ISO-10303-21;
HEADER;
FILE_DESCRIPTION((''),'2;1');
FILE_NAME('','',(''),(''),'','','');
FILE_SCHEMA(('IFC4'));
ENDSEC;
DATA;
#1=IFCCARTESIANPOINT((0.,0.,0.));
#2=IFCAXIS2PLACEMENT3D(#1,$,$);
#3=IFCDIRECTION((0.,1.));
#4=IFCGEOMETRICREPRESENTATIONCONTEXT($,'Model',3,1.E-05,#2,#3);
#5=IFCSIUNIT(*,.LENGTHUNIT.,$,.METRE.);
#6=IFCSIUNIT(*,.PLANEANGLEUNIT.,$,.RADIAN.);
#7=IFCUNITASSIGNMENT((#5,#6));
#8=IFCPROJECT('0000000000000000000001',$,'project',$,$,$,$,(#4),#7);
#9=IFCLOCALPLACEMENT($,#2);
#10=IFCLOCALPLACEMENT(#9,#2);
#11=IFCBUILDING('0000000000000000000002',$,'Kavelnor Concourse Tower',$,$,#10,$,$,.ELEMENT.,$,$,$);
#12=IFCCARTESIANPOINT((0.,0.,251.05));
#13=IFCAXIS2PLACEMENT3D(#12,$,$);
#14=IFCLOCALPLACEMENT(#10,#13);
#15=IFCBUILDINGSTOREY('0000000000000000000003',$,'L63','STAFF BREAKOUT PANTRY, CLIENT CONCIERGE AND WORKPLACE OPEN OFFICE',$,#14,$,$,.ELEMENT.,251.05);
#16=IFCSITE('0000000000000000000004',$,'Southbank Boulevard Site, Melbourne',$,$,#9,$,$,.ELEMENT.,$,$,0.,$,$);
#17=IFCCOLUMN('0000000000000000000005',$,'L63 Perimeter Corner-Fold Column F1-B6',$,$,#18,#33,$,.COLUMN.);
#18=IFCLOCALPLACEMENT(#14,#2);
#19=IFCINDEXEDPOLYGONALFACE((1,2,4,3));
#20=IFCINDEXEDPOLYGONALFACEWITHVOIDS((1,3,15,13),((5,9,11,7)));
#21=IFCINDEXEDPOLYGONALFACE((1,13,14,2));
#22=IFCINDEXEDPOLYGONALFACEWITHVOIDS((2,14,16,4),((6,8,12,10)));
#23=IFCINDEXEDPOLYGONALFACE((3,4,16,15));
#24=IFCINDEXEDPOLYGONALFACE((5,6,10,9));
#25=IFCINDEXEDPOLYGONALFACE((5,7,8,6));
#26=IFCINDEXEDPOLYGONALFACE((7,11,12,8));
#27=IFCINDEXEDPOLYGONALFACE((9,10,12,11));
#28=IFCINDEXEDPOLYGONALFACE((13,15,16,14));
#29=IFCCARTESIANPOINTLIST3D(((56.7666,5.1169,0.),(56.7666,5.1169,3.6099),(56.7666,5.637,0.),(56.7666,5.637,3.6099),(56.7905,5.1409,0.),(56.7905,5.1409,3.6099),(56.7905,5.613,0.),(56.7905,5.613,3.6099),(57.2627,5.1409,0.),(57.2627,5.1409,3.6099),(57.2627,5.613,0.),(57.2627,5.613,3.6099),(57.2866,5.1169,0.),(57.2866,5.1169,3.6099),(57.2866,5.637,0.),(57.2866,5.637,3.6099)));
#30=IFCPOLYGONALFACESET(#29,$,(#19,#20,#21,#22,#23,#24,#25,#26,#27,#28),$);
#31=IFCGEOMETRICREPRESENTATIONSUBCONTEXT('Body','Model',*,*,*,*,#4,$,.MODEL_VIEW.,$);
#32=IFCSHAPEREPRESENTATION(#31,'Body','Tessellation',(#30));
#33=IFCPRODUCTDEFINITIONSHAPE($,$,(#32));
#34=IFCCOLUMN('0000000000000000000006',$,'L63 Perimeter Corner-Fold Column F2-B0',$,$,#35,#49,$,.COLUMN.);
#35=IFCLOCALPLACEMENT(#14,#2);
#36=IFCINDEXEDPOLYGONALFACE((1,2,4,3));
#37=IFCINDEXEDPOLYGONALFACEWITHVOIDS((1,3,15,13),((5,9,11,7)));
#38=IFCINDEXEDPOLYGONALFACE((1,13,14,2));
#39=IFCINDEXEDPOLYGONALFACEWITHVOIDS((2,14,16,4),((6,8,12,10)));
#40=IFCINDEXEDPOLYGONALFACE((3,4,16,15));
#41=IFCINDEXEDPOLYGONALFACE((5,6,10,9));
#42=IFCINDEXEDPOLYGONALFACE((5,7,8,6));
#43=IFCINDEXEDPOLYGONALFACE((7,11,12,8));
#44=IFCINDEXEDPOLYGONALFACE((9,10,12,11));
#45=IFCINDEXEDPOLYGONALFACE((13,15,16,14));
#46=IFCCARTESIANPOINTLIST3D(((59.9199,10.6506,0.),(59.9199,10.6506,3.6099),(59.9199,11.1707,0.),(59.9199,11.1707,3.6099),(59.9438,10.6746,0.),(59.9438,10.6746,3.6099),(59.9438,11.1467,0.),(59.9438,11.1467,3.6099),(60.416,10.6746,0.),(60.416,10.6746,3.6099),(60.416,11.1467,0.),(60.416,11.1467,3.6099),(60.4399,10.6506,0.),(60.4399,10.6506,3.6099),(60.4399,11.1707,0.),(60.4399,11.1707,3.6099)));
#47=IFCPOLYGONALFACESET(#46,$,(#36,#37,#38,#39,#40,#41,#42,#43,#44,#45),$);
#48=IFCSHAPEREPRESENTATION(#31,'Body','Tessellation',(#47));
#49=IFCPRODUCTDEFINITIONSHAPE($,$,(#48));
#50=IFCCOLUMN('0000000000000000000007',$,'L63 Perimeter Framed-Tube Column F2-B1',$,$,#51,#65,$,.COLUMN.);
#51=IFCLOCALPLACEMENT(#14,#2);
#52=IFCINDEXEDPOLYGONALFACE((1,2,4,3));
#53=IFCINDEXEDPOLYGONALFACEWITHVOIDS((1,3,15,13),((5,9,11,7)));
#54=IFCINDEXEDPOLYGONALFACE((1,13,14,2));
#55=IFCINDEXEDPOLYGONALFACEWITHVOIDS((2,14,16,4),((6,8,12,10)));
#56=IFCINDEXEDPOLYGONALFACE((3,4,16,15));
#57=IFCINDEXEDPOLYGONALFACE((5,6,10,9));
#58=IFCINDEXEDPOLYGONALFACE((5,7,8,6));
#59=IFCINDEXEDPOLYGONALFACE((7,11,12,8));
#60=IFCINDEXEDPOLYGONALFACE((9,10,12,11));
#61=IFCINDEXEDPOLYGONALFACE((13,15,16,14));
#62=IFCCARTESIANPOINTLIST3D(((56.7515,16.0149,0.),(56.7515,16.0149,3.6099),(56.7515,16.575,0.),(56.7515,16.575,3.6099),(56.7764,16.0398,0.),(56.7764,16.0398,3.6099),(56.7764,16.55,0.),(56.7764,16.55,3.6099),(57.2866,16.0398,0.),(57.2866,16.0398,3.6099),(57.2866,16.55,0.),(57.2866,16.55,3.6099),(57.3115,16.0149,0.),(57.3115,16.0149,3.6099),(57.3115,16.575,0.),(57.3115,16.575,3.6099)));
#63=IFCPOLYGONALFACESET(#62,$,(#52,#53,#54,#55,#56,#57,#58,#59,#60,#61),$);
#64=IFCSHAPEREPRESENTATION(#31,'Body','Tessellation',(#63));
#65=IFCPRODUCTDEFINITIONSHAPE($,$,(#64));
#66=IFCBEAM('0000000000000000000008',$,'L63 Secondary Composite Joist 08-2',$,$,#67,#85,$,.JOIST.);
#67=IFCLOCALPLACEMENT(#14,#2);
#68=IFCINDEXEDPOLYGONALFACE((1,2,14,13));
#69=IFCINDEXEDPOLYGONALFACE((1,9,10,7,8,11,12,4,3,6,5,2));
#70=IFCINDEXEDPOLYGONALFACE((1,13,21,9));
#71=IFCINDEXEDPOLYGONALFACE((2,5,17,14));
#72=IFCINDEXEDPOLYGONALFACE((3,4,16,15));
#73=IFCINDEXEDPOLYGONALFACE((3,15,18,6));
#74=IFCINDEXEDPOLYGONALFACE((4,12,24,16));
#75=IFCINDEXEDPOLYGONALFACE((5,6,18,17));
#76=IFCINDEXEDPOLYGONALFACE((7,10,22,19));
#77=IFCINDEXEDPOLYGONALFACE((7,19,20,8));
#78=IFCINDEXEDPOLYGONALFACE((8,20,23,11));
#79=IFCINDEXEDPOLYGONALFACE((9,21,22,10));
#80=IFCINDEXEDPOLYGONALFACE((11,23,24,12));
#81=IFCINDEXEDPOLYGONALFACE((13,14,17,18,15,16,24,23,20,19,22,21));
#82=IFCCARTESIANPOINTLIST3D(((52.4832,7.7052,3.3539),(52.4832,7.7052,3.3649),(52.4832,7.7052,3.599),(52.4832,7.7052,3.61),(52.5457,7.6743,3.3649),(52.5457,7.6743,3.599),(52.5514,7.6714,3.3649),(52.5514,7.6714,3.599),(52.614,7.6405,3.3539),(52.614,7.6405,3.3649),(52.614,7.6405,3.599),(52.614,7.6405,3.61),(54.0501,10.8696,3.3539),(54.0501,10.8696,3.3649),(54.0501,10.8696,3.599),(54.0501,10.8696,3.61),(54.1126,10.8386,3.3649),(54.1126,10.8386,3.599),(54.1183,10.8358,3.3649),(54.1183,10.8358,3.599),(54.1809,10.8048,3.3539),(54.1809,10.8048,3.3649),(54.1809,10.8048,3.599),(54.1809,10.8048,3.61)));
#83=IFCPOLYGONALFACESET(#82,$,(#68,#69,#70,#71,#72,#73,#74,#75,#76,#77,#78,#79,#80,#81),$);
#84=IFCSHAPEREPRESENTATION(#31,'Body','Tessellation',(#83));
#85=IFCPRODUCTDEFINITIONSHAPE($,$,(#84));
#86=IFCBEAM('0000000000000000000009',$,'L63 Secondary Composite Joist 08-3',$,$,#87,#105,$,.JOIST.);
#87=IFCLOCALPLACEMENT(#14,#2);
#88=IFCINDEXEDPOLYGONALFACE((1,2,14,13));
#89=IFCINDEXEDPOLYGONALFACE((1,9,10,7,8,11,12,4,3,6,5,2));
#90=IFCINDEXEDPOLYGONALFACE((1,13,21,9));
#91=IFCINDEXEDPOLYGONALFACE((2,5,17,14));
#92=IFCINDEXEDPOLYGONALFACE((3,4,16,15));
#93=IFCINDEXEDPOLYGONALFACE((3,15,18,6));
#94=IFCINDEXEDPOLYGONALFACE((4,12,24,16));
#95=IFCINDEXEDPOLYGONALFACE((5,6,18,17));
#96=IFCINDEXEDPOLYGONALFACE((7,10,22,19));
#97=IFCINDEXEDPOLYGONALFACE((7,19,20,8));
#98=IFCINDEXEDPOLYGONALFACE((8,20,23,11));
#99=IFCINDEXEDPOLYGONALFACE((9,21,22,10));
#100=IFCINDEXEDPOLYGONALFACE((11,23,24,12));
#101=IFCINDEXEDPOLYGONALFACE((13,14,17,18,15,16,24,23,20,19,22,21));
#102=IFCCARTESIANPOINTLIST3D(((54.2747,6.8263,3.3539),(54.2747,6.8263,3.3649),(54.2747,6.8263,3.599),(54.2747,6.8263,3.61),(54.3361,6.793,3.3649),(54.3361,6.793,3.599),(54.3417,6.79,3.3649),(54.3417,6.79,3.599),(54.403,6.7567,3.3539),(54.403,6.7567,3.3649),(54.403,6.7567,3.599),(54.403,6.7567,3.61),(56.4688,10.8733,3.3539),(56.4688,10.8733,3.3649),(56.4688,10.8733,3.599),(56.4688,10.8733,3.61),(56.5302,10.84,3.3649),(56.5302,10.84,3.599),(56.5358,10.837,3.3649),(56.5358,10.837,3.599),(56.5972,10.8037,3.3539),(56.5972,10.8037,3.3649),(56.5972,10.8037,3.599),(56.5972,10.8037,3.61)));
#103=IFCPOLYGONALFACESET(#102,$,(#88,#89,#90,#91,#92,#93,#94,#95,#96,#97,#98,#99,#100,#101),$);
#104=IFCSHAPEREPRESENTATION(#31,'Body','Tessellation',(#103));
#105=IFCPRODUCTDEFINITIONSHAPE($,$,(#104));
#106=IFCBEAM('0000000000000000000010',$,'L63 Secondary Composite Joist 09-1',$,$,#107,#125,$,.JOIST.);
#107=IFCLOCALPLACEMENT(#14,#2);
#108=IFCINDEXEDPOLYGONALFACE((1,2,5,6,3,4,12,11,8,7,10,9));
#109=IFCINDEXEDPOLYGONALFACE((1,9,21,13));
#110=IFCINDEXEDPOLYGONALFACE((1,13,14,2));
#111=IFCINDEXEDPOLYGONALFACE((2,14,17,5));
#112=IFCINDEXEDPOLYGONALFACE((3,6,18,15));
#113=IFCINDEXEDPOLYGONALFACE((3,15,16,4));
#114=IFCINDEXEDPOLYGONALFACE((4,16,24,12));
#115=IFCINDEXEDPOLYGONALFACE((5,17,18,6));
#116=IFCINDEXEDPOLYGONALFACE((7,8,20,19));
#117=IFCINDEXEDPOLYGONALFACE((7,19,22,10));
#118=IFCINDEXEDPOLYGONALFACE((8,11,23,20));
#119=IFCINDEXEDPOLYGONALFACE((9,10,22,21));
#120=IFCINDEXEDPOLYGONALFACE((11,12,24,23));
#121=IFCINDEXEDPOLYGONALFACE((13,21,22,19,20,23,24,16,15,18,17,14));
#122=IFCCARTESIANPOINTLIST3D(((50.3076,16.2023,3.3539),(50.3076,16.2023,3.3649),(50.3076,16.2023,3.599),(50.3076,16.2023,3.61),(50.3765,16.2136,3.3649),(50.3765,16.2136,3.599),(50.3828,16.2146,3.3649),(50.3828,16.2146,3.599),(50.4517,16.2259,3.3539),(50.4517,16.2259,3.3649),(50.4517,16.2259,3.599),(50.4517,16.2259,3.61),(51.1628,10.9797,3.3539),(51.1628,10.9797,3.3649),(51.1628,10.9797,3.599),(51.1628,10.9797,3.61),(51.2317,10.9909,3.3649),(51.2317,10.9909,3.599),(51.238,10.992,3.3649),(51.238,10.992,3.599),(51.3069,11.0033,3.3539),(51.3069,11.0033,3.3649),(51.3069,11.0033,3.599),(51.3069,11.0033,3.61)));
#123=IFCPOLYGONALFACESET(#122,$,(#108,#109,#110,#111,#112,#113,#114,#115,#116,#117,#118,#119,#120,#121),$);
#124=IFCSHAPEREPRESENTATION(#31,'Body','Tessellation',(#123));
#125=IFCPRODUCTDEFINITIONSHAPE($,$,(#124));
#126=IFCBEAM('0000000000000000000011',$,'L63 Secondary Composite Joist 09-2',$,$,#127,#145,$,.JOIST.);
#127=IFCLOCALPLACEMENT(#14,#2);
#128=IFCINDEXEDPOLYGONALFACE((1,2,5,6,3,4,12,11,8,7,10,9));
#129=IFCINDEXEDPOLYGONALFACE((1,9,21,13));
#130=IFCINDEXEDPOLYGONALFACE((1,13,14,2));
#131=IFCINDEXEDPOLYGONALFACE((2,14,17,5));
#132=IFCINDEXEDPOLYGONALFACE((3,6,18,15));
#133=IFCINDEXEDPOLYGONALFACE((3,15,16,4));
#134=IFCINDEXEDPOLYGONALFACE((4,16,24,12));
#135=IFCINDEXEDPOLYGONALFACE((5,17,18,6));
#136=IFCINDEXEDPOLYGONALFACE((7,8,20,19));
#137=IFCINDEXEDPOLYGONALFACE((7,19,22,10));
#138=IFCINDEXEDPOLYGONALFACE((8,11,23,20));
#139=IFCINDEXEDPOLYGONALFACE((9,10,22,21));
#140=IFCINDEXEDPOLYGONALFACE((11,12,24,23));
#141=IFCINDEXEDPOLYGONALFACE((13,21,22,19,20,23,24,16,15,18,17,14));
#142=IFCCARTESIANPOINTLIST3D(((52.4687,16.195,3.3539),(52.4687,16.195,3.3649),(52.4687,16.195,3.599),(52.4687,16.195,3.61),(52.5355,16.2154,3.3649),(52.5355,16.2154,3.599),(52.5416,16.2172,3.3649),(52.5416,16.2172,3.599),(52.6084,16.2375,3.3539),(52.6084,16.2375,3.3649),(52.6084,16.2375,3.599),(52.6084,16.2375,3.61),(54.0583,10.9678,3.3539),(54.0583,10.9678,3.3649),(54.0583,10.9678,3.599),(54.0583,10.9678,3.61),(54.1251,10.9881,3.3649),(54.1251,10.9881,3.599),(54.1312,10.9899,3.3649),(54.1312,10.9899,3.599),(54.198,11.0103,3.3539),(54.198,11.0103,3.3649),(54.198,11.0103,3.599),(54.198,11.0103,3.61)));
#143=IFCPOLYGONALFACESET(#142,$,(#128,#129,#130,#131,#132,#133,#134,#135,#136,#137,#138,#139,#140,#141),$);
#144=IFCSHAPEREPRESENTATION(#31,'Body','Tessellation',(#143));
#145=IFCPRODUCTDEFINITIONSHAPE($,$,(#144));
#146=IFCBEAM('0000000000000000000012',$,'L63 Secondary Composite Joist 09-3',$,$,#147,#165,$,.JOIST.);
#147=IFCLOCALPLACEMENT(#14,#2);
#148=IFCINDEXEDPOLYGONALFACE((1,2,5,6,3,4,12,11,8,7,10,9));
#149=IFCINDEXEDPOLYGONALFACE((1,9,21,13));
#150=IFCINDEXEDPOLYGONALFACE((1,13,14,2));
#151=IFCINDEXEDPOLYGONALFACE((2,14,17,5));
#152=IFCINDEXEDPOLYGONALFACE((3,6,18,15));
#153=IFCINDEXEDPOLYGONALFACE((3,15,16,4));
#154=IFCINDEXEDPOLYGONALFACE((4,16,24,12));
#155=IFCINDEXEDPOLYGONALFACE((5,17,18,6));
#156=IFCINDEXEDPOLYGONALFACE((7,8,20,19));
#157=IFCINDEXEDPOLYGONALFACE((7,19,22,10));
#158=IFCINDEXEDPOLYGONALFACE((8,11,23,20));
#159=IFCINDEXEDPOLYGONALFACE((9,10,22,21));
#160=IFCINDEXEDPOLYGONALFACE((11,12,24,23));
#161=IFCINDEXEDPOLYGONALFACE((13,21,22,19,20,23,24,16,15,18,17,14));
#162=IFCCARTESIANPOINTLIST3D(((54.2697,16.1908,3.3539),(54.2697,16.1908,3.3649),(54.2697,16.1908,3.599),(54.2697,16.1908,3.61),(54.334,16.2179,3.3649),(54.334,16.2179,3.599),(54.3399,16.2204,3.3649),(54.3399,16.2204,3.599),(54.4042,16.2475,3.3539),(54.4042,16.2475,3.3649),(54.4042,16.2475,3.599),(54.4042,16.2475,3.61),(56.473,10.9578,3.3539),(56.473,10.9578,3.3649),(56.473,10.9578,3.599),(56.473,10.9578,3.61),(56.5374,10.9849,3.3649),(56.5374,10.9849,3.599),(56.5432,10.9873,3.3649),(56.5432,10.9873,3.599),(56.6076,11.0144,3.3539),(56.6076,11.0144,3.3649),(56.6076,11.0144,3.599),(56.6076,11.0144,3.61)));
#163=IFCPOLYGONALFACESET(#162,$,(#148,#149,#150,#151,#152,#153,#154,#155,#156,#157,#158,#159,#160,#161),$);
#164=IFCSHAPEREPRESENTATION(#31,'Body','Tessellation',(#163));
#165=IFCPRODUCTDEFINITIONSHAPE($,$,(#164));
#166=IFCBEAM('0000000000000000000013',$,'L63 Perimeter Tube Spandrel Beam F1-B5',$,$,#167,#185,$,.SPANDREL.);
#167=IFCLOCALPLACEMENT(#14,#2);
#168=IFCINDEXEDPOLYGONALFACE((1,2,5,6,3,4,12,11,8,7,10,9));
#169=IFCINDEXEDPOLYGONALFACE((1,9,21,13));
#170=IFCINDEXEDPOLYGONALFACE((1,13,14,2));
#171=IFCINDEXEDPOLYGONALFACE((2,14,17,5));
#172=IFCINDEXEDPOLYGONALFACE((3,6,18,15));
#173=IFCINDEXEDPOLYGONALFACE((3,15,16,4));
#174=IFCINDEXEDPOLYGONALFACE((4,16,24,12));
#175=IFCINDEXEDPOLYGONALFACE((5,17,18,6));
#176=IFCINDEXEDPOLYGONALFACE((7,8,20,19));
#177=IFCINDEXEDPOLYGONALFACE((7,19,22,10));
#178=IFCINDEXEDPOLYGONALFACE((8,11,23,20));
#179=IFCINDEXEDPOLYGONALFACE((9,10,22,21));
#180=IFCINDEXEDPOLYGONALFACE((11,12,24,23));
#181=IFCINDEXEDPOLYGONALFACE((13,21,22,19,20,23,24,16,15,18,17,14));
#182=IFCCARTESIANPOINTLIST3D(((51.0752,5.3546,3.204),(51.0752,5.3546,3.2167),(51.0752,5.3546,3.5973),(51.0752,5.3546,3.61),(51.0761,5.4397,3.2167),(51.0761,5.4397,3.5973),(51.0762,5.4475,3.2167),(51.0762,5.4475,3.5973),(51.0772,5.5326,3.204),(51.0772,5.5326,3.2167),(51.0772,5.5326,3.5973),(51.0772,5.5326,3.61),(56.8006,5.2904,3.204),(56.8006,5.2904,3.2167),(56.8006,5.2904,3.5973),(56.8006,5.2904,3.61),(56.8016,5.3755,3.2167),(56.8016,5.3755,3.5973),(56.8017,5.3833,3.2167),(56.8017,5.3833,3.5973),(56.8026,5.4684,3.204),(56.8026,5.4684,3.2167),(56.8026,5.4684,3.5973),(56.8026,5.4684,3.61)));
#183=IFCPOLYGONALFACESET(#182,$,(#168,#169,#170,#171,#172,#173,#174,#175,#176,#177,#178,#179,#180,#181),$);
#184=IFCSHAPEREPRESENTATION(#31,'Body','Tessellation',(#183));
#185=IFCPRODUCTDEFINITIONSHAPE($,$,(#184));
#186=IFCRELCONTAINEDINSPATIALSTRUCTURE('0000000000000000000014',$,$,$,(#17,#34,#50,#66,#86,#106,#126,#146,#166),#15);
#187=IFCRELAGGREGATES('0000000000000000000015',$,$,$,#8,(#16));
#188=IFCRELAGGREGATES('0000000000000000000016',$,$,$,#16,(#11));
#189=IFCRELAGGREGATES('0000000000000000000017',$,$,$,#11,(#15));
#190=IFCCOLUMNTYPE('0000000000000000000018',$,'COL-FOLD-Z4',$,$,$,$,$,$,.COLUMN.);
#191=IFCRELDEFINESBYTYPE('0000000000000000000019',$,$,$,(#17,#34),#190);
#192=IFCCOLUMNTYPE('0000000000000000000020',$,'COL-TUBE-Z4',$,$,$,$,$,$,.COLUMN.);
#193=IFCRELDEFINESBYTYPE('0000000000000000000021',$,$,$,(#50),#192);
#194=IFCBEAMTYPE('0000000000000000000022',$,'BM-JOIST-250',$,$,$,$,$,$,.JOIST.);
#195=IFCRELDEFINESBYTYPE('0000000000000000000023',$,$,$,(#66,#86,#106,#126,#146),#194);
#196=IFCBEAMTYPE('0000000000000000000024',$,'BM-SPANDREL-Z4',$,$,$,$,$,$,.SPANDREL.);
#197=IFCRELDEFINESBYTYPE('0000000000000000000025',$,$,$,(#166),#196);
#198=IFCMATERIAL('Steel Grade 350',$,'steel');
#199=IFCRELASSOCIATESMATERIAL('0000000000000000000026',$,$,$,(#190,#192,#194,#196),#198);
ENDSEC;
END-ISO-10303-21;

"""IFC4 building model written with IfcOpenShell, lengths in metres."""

from ifc_helpers import new_model, si_unit, direction, frame, origin, origin_2d, place, context, subcontext, project, spatial, hollow_rectangle, i_section, extrude, material, material_profile, profile_set, type_object, element, save


model = new_model("IFC4")

# Units and contexts
model_context = context("Model", 3, precision=1e-05, world=origin(), true_north=direction((0.0, 1.0)))
body_context = subcontext(model_context, "Body", "Model", "MODEL_VIEW")
ifc_project = project(units=[si_unit("LENGTHUNIT", "METRE"), si_unit("PLANEANGLEUNIT", "RADIAN")], contexts=[model_context])

# Site, building, storey
site_placement = place(None, origin())
site = spatial("IfcSite", under=ifc_project, at=site_placement, Name="Southbank Boulevard Site, Melbourne", CompositionType="ELEMENT", RefElevation=0.0)
building_placement = place(site_placement, origin())
building = spatial("IfcBuilding", under=site, at=building_placement, Name="Kavelnor Concourse Tower", CompositionType="ELEMENT")
storey_placement = place(building_placement, frame((0.0, 0.0, 251.05)))
storey = spatial("IfcBuildingStorey", under=building, at=storey_placement, Name="L63", Description="STAFF BREAKOUT PANTRY, CLIENT CONCIERGE AND WORKPLACE OPEN OFFICE", CompositionType="ELEMENT", Elevation=251.05)

# Columns
ifc_material_1 = material(Name="Steel Grade 350", Category="steel")
ifc_material_profile_1 = material_profile(ifc_material_1, hollow_rectangle(XDim=0.52, YDim=0.52, WallThickness=0.0239, at=origin_2d()), Name="SHS 520x520x24")
ifc_profile_set_1 = profile_set([ifc_material_profile_1], Name="Steel Grade 350")
column_type_1 = type_object("IfcColumnType", Name="COL-FOLD-Z4", PredefinedType="COLUMN", material=ifc_profile_set_1)
for number, where, z_axis, x_axis, name in (
    (1, (57.0266, 5.377, 0.0), (0.0, 0.0, 1.0), (1.0, 0.0, 0.0), "L63 Perimeter Corner-Fold Column F1-B6"),
    (2, (60.1799, 10.9106, 0.0), (0.0, 0.0, 1.0), (1.0, 0.0, 0.0), "L63 Perimeter Corner-Fold Column F2-B0"),
):
    element("IfcColumn", number, at=place(storey_placement, frame(where, z_axis=z_axis, x_axis=x_axis)), inside=storey, type_object=column_type_1, Name=name, PredefinedType="COLUMN", context=body_context, shape_type="SweptSolid", body=[
        extrude(hollow_rectangle(XDim=0.52, YDim=0.52, WallThickness=0.0239, at=origin_2d()), origin(), (0.0, 0.0, 1.0), 3.6099),
    ])
ifc_material_profile_2 = material_profile(ifc_material_1, hollow_rectangle(XDim=0.5601, YDim=0.5601, WallThickness=0.0249, at=origin_2d()), Name="SHS 560x560x25")
ifc_profile_set_2 = profile_set([ifc_material_profile_2], Name="Steel Grade 350")
column_type_2 = type_object("IfcColumnType", Name="COL-TUBE-Z4", PredefinedType="COLUMN", material=ifc_profile_set_2)
column_placement = place(storey_placement, frame((57.0315, 16.2949, 0.0), z_axis=(0.0, 0.0, 1.0), x_axis=(1.0, 0.0, 0.0)))
element("IfcColumn", 3, at=column_placement, inside=storey, type_object=column_type_2, Name="L63 Perimeter Framed-Tube Column F2-B1", PredefinedType="COLUMN", context=body_context, shape_type="SweptSolid", body=[
    extrude(hollow_rectangle(XDim=0.5601, YDim=0.5601, WallThickness=0.0249, at=origin_2d()), origin(), (0.0, 0.0, 1.0), 3.6099),
])

# Beams
ifc_material_profile_3 = material_profile(ifc_material_1, i_section(OverallWidth=0.146, OverallDepth=0.2561, WebThickness=0.0063, FlangeThickness=0.011, at=origin_2d()), Name="250UB37")
ifc_profile_set_3 = profile_set([ifc_material_profile_3], Name="Steel Grade 350")
beam_type_1 = type_object("IfcBeamType", Name="BM-JOIST-250", PredefinedType="JOIST", material=ifc_profile_set_3)
beam_1_placement = place(storey_placement, frame((52.5486, 7.6729, 3.4819), z_axis=(0.443753, 0.896149, 0.0), x_axis=(-0.896149, 0.443753, 0.0)))
element("IfcBeam", 4, at=beam_1_placement, inside=storey, type_object=beam_type_1, Name="L63 Secondary Composite Joist 08-2", PredefinedType="JOIST", context=body_context, shape_type="SweptSolid", body=[
    extrude(i_section(OverallWidth=0.146, OverallDepth=0.2561, WebThickness=0.0063, FlangeThickness=0.011, at=origin_2d()), origin(), (0.0, 0.0, 1.0), 3.531),
])
beam_2_placement = place(storey_placement, frame((54.3389, 6.7915, 3.4819), z_axis=(0.476625, 0.879107, 0.0), x_axis=(-0.879107, 0.476625, 0.0)))
element("IfcBeam", 5, at=beam_2_placement, inside=storey, type_object=beam_type_1, Name="L63 Secondary Composite Joist 08-3", PredefinedType="JOIST", context=body_context, shape_type="SweptSolid", body=[
    extrude(i_section(OverallWidth=0.146, OverallDepth=0.2561, WebThickness=0.0063, FlangeThickness=0.011, at=origin_2d()), origin(), (0.0, 0.0, 1.0), 4.6035),
])
beam_3_placement = place(storey_placement, frame((51.2349, 10.9915, 3.4819), z_axis=(-0.1616, 0.986856, 0.0), x_axis=(-0.986856, -0.1616, 0.0)))
element("IfcBeam", 6, at=beam_3_placement, inside=storey, type_object=beam_type_1, Name="L63 Secondary Composite Joist 09-1", PredefinedType="JOIST", context=body_context, shape_type="SweptSolid", body=[
    extrude(i_section(OverallWidth=0.146, OverallDepth=0.2561, WebThickness=0.0063, FlangeThickness=0.011, at=origin_2d()), origin(), (0.0, 0.0, 1.0), 5.2922),
])
beam_4_placement = place(storey_placement, frame((54.1282, 10.989, 3.4819), z_axis=(-0.290941, 0.956741, 0.0), x_axis=(-0.956741, -0.290941, 0.0)))
element("IfcBeam", 7, at=beam_4_placement, inside=storey, type_object=beam_type_1, Name="L63 Secondary Composite Joist 09-2", PredefinedType="JOIST", context=body_context, shape_type="SweptSolid", body=[
    extrude(i_section(OverallWidth=0.146, OverallDepth=0.2561, WebThickness=0.0063, FlangeThickness=0.011, at=origin_2d()), origin(), (0.0, 0.0, 1.0), 5.4636),
])
beam_5_placement = place(storey_placement, frame((56.5403, 10.9861, 3.4819), z_axis=(-0.388047, 0.921639, 0.0), x_axis=(-0.921639, -0.388047, 0.0)))
element("IfcBeam", 8, at=beam_5_placement, inside=storey, type_object=beam_type_1, Name="L63 Secondary Composite Joist 09-3", PredefinedType="JOIST", context=body_context, shape_type="SweptSolid", body=[
    extrude(i_section(OverallWidth=0.146, OverallDepth=0.2561, WebThickness=0.0063, FlangeThickness=0.011, at=origin_2d()), origin(), (0.0, 0.0, 1.0), 5.678),
])
ifc_material_profile_4 = material_profile(ifc_material_1, i_section(OverallWidth=0.178, OverallDepth=0.406, WebThickness=0.0078, FlangeThickness=0.0127, at=origin_2d()), Name="410UB59")
ifc_profile_set_4 = profile_set([ifc_material_profile_4], Name="Steel Grade 350")
beam_type_2 = type_object("IfcBeamType", Name="BM-SPANDREL-Z4", PredefinedType="SPANDREL", material=ifc_profile_set_4)
beam_6_placement = place(storey_placement, frame((51.0762, 5.4436, 3.407), z_axis=(0.999937, -0.011214, 0.0), x_axis=(0.011214, 0.999937, 0.0)))
element("IfcBeam", 9, at=beam_6_placement, inside=storey, type_object=beam_type_2, Name="L63 Perimeter Tube Spandrel Beam F1-B5", PredefinedType="SPANDREL", context=body_context, shape_type="SweptSolid", body=[
    extrude(i_section(OverallWidth=0.178, OverallDepth=0.406, WebThickness=0.0078, FlangeThickness=0.0127, at=origin_2d()), origin(), (0.0, 0.0, 1.0), 5.7258),
])

save(model, "model.ifc")
